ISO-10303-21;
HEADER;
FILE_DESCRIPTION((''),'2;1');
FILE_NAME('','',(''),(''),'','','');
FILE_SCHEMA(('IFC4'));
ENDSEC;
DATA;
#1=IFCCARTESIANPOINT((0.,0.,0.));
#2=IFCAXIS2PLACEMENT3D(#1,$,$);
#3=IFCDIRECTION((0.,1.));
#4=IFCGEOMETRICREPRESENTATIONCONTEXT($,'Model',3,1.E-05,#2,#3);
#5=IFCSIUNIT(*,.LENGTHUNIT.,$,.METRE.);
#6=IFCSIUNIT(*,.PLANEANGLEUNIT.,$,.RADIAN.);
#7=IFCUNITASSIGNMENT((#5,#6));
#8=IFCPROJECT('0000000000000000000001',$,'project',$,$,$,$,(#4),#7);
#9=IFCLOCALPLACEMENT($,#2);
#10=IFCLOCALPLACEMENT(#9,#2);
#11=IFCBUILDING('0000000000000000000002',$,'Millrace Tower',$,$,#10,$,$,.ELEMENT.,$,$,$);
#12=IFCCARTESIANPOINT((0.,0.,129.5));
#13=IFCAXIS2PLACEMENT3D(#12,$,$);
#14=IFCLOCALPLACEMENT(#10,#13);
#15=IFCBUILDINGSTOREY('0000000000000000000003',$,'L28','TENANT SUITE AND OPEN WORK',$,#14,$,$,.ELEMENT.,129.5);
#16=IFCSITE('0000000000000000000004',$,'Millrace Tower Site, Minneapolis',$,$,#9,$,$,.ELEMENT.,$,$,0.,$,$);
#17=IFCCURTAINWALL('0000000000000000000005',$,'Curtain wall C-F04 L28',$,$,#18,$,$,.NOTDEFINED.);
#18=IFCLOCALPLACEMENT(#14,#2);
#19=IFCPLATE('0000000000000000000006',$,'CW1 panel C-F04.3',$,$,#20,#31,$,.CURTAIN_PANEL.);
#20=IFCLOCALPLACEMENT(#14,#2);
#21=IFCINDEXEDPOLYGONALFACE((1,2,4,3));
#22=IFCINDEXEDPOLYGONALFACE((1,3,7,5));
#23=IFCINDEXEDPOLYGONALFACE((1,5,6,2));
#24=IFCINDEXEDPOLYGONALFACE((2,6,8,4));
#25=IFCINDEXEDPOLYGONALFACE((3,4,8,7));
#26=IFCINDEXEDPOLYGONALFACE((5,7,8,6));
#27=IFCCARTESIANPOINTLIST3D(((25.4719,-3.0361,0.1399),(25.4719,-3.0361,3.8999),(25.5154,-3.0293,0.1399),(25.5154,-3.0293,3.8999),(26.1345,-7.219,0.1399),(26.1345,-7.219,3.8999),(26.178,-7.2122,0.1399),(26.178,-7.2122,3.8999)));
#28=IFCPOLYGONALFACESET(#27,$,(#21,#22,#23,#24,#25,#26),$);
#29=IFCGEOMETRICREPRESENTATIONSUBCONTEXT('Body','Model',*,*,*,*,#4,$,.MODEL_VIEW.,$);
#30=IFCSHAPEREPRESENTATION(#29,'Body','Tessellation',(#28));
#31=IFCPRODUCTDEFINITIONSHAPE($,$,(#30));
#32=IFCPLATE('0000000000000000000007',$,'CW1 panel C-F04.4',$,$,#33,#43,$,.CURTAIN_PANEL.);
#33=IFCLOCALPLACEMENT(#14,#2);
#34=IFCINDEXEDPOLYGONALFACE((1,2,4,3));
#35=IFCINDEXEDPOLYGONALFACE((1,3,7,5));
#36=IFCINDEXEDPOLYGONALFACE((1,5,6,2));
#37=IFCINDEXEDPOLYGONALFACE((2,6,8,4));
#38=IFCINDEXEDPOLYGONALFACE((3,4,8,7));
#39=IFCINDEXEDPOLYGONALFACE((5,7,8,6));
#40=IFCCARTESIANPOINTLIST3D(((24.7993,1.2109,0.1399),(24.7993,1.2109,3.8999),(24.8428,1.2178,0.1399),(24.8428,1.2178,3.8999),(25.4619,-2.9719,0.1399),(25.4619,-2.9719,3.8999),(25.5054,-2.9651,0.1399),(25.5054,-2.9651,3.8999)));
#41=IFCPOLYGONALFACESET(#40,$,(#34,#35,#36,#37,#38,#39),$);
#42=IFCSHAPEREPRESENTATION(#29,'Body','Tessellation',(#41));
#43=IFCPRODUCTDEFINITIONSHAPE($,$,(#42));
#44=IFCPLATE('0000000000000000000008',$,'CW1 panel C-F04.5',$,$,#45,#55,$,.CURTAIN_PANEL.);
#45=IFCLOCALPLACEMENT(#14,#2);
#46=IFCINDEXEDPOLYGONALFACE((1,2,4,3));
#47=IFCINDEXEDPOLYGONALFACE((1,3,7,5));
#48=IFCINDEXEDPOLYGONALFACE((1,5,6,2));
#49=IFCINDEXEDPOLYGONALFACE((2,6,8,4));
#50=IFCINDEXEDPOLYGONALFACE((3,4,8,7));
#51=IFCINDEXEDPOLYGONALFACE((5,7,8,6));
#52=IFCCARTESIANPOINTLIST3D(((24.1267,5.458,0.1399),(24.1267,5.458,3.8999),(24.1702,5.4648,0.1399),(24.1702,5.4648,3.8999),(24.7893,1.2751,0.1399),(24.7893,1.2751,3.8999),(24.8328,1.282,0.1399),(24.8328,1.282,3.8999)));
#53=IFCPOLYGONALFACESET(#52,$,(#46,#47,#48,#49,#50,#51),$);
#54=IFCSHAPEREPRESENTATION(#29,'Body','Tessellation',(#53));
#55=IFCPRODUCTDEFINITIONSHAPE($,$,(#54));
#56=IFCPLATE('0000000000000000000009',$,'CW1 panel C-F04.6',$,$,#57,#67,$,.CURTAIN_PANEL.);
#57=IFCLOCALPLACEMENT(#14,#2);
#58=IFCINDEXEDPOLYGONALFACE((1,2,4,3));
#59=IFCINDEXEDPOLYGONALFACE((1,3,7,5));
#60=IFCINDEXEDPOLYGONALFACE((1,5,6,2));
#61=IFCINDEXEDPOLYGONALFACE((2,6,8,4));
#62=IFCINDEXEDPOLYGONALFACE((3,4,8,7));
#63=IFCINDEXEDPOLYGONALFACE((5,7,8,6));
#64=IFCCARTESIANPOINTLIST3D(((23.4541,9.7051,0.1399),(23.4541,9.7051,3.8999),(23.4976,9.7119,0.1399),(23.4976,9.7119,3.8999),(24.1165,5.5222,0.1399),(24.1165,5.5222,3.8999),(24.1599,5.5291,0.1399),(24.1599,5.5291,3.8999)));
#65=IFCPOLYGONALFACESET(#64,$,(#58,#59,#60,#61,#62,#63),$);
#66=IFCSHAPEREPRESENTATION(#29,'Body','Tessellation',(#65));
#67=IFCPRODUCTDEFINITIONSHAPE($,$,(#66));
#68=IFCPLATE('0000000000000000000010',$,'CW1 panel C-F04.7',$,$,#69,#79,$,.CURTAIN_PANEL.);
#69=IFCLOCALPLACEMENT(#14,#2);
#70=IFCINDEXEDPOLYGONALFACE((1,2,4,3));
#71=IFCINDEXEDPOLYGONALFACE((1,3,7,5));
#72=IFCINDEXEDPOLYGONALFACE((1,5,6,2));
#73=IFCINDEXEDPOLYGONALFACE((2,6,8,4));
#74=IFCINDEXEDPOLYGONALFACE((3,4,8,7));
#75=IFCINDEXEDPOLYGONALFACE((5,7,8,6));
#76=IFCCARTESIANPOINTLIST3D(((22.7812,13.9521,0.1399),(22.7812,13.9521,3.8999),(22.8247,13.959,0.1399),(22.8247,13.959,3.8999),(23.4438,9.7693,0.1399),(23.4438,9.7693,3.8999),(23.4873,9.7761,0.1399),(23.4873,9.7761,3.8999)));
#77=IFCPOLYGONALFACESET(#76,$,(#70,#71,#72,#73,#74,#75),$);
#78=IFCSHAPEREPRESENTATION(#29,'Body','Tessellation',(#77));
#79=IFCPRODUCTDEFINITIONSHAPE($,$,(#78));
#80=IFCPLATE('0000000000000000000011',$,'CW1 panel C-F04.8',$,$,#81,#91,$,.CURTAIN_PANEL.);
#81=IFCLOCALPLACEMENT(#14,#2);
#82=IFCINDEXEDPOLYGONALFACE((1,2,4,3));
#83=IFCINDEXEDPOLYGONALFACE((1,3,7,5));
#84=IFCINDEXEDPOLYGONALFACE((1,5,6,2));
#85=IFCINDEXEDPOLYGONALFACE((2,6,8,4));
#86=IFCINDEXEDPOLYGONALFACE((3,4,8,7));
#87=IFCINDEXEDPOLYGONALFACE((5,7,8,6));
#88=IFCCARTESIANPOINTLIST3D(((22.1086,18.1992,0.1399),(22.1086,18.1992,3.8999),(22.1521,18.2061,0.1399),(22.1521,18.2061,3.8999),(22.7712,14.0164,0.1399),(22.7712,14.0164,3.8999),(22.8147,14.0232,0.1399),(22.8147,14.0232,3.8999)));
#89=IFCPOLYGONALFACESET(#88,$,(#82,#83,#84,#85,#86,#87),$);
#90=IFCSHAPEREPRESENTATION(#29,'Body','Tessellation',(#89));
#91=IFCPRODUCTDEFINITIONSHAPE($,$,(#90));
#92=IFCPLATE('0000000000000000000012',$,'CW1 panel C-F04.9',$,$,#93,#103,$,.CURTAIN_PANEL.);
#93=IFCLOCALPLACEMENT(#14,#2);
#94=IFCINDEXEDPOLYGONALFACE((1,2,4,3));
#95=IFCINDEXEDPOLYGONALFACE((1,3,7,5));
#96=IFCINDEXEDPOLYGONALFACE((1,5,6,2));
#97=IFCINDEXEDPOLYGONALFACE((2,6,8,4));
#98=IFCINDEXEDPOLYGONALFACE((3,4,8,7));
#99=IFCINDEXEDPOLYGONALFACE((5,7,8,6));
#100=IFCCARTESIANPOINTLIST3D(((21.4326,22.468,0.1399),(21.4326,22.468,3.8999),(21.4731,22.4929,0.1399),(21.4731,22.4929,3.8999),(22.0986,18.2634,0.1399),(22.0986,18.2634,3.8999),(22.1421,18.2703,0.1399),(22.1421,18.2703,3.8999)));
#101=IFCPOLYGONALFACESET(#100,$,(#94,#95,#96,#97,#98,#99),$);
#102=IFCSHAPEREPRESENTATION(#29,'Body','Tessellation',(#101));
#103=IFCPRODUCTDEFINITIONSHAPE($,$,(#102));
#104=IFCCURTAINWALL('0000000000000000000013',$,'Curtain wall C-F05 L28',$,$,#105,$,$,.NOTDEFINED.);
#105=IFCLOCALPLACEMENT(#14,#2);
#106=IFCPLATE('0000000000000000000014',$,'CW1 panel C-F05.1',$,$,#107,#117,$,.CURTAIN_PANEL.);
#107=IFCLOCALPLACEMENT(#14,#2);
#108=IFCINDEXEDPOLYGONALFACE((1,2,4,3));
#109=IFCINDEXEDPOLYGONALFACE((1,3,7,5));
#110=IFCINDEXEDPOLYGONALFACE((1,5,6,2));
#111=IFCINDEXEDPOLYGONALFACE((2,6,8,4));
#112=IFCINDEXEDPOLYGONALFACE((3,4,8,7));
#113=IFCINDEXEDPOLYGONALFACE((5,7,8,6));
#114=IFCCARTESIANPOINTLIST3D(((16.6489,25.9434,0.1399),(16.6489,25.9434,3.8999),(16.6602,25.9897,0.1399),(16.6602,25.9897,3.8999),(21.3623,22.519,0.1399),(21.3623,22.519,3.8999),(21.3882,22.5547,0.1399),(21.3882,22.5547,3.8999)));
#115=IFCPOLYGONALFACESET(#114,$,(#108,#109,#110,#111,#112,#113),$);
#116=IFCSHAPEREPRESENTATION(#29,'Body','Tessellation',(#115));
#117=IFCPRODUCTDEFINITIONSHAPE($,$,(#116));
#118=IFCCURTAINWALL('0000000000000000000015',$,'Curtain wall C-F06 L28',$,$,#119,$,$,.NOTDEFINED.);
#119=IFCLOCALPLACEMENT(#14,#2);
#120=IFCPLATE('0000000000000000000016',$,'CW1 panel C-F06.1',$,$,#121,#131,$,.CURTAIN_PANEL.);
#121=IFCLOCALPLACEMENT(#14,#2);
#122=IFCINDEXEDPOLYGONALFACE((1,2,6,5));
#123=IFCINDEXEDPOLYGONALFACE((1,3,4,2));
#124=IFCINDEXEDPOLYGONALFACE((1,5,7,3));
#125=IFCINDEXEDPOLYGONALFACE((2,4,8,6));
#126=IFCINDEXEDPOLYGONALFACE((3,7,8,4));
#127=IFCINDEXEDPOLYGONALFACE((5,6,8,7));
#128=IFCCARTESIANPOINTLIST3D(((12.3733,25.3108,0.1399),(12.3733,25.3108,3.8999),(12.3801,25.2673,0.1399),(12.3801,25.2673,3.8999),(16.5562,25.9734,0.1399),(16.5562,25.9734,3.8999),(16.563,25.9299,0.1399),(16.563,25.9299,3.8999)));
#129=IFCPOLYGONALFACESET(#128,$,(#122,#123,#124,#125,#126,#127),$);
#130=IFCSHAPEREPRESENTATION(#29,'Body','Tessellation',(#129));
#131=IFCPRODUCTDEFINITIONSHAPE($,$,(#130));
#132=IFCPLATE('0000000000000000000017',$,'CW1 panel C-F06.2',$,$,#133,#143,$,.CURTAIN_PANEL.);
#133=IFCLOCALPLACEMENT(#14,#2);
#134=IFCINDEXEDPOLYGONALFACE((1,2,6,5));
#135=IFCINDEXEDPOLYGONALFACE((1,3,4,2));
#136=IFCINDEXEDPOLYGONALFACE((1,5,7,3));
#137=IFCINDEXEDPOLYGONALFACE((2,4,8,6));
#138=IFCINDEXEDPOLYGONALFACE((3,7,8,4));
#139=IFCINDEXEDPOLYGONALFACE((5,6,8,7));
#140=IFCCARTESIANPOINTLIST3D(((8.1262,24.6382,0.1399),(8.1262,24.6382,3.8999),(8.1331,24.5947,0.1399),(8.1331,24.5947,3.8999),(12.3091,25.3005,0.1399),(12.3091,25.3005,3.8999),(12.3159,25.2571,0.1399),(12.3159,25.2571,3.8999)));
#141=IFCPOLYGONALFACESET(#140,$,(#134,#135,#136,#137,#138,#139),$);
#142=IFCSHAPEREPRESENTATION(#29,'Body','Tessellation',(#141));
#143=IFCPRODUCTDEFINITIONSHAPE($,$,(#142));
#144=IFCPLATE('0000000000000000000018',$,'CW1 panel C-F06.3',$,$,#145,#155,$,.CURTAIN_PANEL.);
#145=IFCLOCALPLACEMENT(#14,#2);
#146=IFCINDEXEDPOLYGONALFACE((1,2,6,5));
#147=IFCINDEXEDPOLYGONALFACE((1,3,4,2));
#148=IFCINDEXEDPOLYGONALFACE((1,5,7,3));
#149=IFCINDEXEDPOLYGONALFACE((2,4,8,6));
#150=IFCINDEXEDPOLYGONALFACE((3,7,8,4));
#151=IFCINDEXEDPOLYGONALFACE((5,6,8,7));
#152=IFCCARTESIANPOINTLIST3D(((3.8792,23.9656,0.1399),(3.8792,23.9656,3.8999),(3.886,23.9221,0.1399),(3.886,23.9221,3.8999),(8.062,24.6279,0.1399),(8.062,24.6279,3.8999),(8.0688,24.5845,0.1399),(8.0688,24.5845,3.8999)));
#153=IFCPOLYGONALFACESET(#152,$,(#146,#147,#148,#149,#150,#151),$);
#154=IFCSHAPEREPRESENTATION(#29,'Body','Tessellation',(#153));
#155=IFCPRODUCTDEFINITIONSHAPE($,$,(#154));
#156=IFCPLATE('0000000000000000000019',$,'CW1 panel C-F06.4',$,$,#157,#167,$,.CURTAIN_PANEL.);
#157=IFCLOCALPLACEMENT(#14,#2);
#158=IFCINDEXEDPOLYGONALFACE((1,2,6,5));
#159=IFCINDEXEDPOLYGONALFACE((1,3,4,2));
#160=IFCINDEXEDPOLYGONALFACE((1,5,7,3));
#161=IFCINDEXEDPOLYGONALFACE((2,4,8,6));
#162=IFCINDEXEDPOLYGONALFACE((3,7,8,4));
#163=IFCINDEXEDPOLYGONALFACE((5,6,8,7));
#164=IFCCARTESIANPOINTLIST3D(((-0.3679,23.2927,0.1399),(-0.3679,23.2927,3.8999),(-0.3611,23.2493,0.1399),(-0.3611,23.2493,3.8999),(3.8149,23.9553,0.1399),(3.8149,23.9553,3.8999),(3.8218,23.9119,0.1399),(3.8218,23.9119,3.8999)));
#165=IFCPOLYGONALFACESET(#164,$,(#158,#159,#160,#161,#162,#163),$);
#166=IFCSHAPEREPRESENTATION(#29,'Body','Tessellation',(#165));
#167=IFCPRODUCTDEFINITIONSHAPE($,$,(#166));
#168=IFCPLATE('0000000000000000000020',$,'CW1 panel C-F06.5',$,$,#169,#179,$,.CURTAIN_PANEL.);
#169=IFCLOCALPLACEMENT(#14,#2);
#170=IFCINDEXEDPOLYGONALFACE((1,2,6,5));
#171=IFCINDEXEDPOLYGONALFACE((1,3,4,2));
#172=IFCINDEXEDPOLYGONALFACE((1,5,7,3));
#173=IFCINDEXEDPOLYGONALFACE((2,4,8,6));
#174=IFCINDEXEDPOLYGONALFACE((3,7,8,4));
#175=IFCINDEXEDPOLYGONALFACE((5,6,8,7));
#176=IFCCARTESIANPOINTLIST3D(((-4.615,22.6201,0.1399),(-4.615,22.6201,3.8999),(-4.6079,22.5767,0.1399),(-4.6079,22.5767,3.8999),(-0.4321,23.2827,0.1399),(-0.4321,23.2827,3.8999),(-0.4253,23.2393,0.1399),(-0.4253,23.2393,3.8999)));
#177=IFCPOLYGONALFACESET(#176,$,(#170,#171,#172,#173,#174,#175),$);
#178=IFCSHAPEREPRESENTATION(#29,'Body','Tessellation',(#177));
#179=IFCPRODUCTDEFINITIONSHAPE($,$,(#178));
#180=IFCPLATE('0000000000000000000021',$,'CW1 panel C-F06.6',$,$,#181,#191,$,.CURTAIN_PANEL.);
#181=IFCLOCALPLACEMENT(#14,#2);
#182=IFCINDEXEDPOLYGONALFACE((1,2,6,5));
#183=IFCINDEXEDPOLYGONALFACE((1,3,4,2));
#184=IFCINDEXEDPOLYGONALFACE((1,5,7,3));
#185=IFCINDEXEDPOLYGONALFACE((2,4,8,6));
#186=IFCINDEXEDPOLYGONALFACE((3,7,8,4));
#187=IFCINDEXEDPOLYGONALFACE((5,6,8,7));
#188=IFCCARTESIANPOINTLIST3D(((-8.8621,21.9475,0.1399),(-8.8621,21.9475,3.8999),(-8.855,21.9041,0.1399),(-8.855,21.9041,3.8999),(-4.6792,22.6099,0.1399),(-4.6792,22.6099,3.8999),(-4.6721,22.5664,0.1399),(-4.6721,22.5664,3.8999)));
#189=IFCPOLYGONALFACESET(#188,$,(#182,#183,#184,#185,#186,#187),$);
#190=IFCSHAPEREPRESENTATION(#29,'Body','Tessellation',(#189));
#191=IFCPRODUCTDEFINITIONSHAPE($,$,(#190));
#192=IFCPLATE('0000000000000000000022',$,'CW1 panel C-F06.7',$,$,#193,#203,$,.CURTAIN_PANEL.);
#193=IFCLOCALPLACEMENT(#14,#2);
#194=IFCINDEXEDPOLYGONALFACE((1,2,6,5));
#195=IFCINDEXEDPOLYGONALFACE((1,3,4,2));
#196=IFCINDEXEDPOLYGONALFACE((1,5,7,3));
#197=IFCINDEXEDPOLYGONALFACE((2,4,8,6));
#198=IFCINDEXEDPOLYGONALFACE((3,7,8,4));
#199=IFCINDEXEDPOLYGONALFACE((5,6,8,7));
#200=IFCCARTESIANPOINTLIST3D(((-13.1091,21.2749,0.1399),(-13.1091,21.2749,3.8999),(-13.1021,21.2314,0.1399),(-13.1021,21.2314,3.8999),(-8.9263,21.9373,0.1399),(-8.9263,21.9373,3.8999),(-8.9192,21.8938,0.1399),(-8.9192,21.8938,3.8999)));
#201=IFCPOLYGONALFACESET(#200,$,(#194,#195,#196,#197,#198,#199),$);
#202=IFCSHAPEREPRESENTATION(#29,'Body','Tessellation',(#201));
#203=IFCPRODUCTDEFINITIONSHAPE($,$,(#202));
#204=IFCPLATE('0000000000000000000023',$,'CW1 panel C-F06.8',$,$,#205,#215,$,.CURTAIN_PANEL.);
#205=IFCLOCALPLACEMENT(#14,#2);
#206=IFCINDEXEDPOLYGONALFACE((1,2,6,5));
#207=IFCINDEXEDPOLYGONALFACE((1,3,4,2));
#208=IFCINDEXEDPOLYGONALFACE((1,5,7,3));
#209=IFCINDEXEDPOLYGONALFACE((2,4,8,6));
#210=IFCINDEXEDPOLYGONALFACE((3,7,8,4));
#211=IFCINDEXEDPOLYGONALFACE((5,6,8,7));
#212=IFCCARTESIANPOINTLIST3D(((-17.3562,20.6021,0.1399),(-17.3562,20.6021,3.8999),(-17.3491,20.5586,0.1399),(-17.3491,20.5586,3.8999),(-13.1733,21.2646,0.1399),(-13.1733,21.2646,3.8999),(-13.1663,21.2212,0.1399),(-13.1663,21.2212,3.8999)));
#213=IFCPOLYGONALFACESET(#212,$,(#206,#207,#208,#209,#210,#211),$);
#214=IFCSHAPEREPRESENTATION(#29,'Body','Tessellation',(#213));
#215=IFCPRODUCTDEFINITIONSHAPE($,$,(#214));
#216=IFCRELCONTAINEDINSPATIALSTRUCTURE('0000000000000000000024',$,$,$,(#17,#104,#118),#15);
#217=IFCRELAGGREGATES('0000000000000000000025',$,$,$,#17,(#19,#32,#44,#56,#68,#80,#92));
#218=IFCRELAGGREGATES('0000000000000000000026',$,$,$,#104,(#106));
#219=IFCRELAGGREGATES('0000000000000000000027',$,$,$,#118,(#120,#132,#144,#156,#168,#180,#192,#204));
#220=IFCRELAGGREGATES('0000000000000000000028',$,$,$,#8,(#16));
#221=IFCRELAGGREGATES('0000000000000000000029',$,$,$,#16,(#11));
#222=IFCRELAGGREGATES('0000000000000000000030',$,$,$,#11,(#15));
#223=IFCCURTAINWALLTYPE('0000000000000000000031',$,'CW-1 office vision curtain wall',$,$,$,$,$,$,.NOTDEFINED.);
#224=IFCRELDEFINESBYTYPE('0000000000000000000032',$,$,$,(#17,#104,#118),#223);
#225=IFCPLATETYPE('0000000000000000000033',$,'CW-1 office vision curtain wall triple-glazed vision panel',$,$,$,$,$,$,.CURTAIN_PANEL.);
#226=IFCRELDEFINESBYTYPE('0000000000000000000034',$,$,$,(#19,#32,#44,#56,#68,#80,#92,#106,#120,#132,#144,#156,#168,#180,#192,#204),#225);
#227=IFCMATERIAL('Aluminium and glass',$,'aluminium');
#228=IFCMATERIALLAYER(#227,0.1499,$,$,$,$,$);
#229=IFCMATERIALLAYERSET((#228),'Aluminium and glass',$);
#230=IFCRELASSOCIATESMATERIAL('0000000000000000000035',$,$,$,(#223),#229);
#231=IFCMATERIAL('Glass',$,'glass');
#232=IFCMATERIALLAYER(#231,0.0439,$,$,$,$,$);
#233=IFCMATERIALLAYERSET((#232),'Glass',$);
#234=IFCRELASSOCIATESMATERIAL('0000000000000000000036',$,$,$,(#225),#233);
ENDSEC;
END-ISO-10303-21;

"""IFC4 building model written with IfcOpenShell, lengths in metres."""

from ifc_helpers import new_model, si_unit, direction, frame, origin, place, context, subcontext, project, spatial, polyline, outline, extrude, material, layer, layer_set, type_object, element, aggregate, save


model = new_model("IFC4")

# Units and contexts
model_context = context("Model", 3, precision=1e-05, world=origin(), true_north=direction((0.0, 1.0)))
body_context = subcontext(model_context, "Body", "Model", "MODEL_VIEW")
ifc_project = project(units=[si_unit("LENGTHUNIT", "METRE"), si_unit("PLANEANGLEUNIT", "RADIAN")], contexts=[model_context])

# Site, building, storey
site_placement = place(None, origin())
site = spatial("IfcSite", under=ifc_project, at=site_placement, Name="Millrace Tower Site, Minneapolis", CompositionType="ELEMENT", RefElevation=0.0)
building_placement = place(site_placement, origin())
building = spatial("IfcBuilding", under=site, at=building_placement, Name="Millrace Tower", CompositionType="ELEMENT")
storey_placement = place(building_placement, frame((0.0, 0.0, 129.5)))
storey = spatial("IfcBuildingStorey", under=building, at=storey_placement, Name="L28", Description="TENANT SUITE AND OPEN WORK", CompositionType="ELEMENT", Elevation=129.5)

# Curtain wall, plates
ifc_material_1 = material(Name="Aluminium and glass", Category="aluminium")
ifc_layer_1 = layer(ifc_material_1, 0.1499)
ifc_layer_set_1 = layer_set([ifc_layer_1], Name="Aluminium and glass")
curtain_wall_type = type_object("IfcCurtainWallType", Name="CW-1 office vision curtain wall", PredefinedType="NOTDEFINED", material=ifc_layer_set_1)
placement_1 = place(storey_placement, origin())
curtain_wall_1 = element("IfcCurtainWall", 1, at=placement_1, inside=storey, type_object=curtain_wall_type, Name="Curtain wall C-F04 L28", PredefinedType="NOTDEFINED")
ifc_material_2 = material(Name="Glass", Category="glass")
ifc_layer_2 = layer(ifc_material_2, 0.0439)
ifc_layer_set_2 = layer_set([ifc_layer_2], Name="Glass")
plate_type = type_object("IfcPlateType", Name="CW-1 office vision curtain wall triple-glazed vision panel", PredefinedType="CURTAIN_PANEL", material=ifc_layer_set_2)
placement_2 = place(storey_placement, frame((0.0, 0.0, 0.1399)))
plate_1 = element("IfcPlate", 2, at=placement_2, type_object=plate_type, Name="CW1 panel C-F04.3", PredefinedType="CURTAIN_PANEL", context=body_context, shape_type="SweptSolid", body=[
    extrude(outline(polyline([(26.178, -7.2122), (25.5154, -3.0293), (25.4719, -3.0361), (26.1345, -7.219), (26.178, -7.2122)])), origin(), (0.0, 0.0, 1.0), 3.76),
])
plate_2 = element("IfcPlate", 3, at=placement_2, type_object=plate_type, Name="CW1 panel C-F04.4", PredefinedType="CURTAIN_PANEL", context=body_context, shape_type="SweptSolid", body=[
    extrude(outline(polyline([(25.5054, -2.9651), (24.8428, 1.2178), (24.7993, 1.2109), (25.4619, -2.9719), (25.5054, -2.9651)])), origin(), (0.0, 0.0, 1.0), 3.76),
])
plate_3 = element("IfcPlate", 4, at=placement_2, type_object=plate_type, Name="CW1 panel C-F04.5", PredefinedType="CURTAIN_PANEL", context=body_context, shape_type="SweptSolid", body=[
    extrude(outline(polyline([(24.8328, 1.282), (24.1702, 5.4648), (24.1267, 5.458), (24.7893, 1.2751), (24.8328, 1.282)])), origin(), (0.0, 0.0, 1.0), 3.76),
])
plate_4 = element("IfcPlate", 5, at=placement_2, type_object=plate_type, Name="CW1 panel C-F04.6", PredefinedType="CURTAIN_PANEL", context=body_context, shape_type="SweptSolid", body=[
    extrude(outline(polyline([(24.1599, 5.5291), (23.4976, 9.7119), (23.4541, 9.7051), (24.1165, 5.5222), (24.1599, 5.5291)])), origin(), (0.0, 0.0, 1.0), 3.76),
])
plate_5 = element("IfcPlate", 6, at=placement_2, type_object=plate_type, Name="CW1 panel C-F04.7", PredefinedType="CURTAIN_PANEL", context=body_context, shape_type="SweptSolid", body=[
    extrude(outline(polyline([(23.4873, 9.7761), (22.8247, 13.959), (22.7812, 13.9521), (23.4438, 9.7693), (23.4873, 9.7761)])), origin(), (0.0, 0.0, 1.0), 3.76),
])
plate_6 = element("IfcPlate", 7, at=placement_2, type_object=plate_type, Name="CW1 panel C-F04.8", PredefinedType="CURTAIN_PANEL", context=body_context, shape_type="SweptSolid", body=[
    extrude(outline(polyline([(22.8147, 14.0232), (22.1521, 18.2061), (22.1086, 18.1992), (22.7712, 14.0164), (22.8147, 14.0232)])), origin(), (0.0, 0.0, 1.0), 3.76),
])
plate_7 = element("IfcPlate", 8, at=placement_2, type_object=plate_type, Name="CW1 panel C-F04.9", PredefinedType="CURTAIN_PANEL", context=body_context, shape_type="SweptSolid", body=[
    extrude(outline(polyline([(22.1421, 18.2703), (21.4731, 22.4929), (21.4326, 22.468), (22.0986, 18.2634), (22.1421, 18.2703)])), origin(), (0.0, 0.0, 1.0), 3.76),
])
aggregate(curtain_wall_1, [plate_1, plate_2, plate_3, plate_4, plate_5, plate_6, plate_7])

# Curtain wall, plate
curtain_wall_2 = element("IfcCurtainWall", 9, at=placement_1, inside=storey, type_object=curtain_wall_type, Name="Curtain wall C-F05 L28", PredefinedType="NOTDEFINED")
plate_8 = element("IfcPlate", 10, at=placement_2, type_object=plate_type, Name="CW1 panel C-F05.1", PredefinedType="CURTAIN_PANEL", context=body_context, shape_type="SweptSolid", body=[
    extrude(outline(polyline([(21.3882, 22.5547), (16.6602, 25.9897), (16.6489, 25.9434), (21.3623, 22.519), (21.3882, 22.5547)])), origin(), (0.0, 0.0, 1.0), 3.76),
])
aggregate(curtain_wall_2, [plate_8])

# Curtain wall, plates
curtain_wall_3 = element("IfcCurtainWall", 11, at=placement_1, inside=storey, type_object=curtain_wall_type, Name="Curtain wall C-F06 L28", PredefinedType="NOTDEFINED")
plate_9 = element("IfcPlate", 12, at=placement_2, type_object=plate_type, Name="CW1 panel C-F06.1", PredefinedType="CURTAIN_PANEL", context=body_context, shape_type="SweptSolid", body=[
    extrude(outline(polyline([(16.5562, 25.9734), (12.3733, 25.3108), (12.3801, 25.2673), (16.563, 25.9299), (16.5562, 25.9734)])), origin(), (0.0, 0.0, 1.0), 3.76),
])
plate_10 = element("IfcPlate", 13, at=placement_2, type_object=plate_type, Name="CW1 panel C-F06.2", PredefinedType="CURTAIN_PANEL", context=body_context, shape_type="SweptSolid", body=[
    extrude(outline(polyline([(12.3091, 25.3005), (8.1262, 24.6382), (8.1331, 24.5947), (12.3159, 25.2571), (12.3091, 25.3005)])), origin(), (0.0, 0.0, 1.0), 3.76),
])
plate_11 = element("IfcPlate", 14, at=placement_2, type_object=plate_type, Name="CW1 panel C-F06.3", PredefinedType="CURTAIN_PANEL", context=body_context, shape_type="SweptSolid", body=[
    extrude(outline(polyline([(8.062, 24.6279), (3.8792, 23.9656), (3.886, 23.9221), (8.0688, 24.5845), (8.062, 24.6279)])), origin(), (0.0, 0.0, 1.0), 3.76),
])
plate_12 = element("IfcPlate", 15, at=placement_2, type_object=plate_type, Name="CW1 panel C-F06.4", PredefinedType="CURTAIN_PANEL", context=body_context, shape_type="SweptSolid", body=[
    extrude(outline(polyline([(3.8149, 23.9553), (-0.3679, 23.2927), (-0.3611, 23.2493), (3.8218, 23.9119), (3.8149, 23.9553)])), origin(), (0.0, 0.0, 1.0), 3.76),
])
plate_13 = element("IfcPlate", 16, at=placement_2, type_object=plate_type, Name="CW1 panel C-F06.5", PredefinedType="CURTAIN_PANEL", context=body_context, shape_type="SweptSolid", body=[
    extrude(outline(polyline([(-0.4321, 23.2827), (-4.615, 22.6201), (-4.6079, 22.5767), (-0.4253, 23.2393), (-0.4321, 23.2827)])), origin(), (0.0, 0.0, 1.0), 3.76),
])
plate_14 = element("IfcPlate", 17, at=placement_2, type_object=plate_type, Name="CW1 panel C-F06.6", PredefinedType="CURTAIN_PANEL", context=body_context, shape_type="SweptSolid", body=[
    extrude(outline(polyline([(-4.6792, 22.6099), (-8.8621, 21.9475), (-8.855, 21.9041), (-4.6721, 22.5664), (-4.6792, 22.6099)])), origin(), (0.0, 0.0, 1.0), 3.76),
])
plate_15 = element("IfcPlate", 18, at=placement_2, type_object=plate_type, Name="CW1 panel C-F06.7", PredefinedType="CURTAIN_PANEL", context=body_context, shape_type="SweptSolid", body=[
    extrude(outline(polyline([(-8.9263, 21.9373), (-13.1091, 21.2749), (-13.1021, 21.2314), (-8.9192, 21.8938), (-8.9263, 21.9373)])), origin(), (0.0, 0.0, 1.0), 3.76),
])
plate_16 = element("IfcPlate", 19, at=placement_2, type_object=plate_type, Name="CW1 panel C-F06.8", PredefinedType="CURTAIN_PANEL", context=body_context, shape_type="SweptSolid", body=[
    extrude(outline(polyline([(-13.1733, 21.2646), (-17.3562, 20.6021), (-17.3491, 20.5586), (-13.1663, 21.2212), (-13.1733, 21.2646)])), origin(), (0.0, 0.0, 1.0), 3.76),
])
aggregate(curtain_wall_3, [plate_9, plate_10, plate_11, plate_12, plate_13, plate_14, plate_15, plate_16])

save(model, "model.ifc")
